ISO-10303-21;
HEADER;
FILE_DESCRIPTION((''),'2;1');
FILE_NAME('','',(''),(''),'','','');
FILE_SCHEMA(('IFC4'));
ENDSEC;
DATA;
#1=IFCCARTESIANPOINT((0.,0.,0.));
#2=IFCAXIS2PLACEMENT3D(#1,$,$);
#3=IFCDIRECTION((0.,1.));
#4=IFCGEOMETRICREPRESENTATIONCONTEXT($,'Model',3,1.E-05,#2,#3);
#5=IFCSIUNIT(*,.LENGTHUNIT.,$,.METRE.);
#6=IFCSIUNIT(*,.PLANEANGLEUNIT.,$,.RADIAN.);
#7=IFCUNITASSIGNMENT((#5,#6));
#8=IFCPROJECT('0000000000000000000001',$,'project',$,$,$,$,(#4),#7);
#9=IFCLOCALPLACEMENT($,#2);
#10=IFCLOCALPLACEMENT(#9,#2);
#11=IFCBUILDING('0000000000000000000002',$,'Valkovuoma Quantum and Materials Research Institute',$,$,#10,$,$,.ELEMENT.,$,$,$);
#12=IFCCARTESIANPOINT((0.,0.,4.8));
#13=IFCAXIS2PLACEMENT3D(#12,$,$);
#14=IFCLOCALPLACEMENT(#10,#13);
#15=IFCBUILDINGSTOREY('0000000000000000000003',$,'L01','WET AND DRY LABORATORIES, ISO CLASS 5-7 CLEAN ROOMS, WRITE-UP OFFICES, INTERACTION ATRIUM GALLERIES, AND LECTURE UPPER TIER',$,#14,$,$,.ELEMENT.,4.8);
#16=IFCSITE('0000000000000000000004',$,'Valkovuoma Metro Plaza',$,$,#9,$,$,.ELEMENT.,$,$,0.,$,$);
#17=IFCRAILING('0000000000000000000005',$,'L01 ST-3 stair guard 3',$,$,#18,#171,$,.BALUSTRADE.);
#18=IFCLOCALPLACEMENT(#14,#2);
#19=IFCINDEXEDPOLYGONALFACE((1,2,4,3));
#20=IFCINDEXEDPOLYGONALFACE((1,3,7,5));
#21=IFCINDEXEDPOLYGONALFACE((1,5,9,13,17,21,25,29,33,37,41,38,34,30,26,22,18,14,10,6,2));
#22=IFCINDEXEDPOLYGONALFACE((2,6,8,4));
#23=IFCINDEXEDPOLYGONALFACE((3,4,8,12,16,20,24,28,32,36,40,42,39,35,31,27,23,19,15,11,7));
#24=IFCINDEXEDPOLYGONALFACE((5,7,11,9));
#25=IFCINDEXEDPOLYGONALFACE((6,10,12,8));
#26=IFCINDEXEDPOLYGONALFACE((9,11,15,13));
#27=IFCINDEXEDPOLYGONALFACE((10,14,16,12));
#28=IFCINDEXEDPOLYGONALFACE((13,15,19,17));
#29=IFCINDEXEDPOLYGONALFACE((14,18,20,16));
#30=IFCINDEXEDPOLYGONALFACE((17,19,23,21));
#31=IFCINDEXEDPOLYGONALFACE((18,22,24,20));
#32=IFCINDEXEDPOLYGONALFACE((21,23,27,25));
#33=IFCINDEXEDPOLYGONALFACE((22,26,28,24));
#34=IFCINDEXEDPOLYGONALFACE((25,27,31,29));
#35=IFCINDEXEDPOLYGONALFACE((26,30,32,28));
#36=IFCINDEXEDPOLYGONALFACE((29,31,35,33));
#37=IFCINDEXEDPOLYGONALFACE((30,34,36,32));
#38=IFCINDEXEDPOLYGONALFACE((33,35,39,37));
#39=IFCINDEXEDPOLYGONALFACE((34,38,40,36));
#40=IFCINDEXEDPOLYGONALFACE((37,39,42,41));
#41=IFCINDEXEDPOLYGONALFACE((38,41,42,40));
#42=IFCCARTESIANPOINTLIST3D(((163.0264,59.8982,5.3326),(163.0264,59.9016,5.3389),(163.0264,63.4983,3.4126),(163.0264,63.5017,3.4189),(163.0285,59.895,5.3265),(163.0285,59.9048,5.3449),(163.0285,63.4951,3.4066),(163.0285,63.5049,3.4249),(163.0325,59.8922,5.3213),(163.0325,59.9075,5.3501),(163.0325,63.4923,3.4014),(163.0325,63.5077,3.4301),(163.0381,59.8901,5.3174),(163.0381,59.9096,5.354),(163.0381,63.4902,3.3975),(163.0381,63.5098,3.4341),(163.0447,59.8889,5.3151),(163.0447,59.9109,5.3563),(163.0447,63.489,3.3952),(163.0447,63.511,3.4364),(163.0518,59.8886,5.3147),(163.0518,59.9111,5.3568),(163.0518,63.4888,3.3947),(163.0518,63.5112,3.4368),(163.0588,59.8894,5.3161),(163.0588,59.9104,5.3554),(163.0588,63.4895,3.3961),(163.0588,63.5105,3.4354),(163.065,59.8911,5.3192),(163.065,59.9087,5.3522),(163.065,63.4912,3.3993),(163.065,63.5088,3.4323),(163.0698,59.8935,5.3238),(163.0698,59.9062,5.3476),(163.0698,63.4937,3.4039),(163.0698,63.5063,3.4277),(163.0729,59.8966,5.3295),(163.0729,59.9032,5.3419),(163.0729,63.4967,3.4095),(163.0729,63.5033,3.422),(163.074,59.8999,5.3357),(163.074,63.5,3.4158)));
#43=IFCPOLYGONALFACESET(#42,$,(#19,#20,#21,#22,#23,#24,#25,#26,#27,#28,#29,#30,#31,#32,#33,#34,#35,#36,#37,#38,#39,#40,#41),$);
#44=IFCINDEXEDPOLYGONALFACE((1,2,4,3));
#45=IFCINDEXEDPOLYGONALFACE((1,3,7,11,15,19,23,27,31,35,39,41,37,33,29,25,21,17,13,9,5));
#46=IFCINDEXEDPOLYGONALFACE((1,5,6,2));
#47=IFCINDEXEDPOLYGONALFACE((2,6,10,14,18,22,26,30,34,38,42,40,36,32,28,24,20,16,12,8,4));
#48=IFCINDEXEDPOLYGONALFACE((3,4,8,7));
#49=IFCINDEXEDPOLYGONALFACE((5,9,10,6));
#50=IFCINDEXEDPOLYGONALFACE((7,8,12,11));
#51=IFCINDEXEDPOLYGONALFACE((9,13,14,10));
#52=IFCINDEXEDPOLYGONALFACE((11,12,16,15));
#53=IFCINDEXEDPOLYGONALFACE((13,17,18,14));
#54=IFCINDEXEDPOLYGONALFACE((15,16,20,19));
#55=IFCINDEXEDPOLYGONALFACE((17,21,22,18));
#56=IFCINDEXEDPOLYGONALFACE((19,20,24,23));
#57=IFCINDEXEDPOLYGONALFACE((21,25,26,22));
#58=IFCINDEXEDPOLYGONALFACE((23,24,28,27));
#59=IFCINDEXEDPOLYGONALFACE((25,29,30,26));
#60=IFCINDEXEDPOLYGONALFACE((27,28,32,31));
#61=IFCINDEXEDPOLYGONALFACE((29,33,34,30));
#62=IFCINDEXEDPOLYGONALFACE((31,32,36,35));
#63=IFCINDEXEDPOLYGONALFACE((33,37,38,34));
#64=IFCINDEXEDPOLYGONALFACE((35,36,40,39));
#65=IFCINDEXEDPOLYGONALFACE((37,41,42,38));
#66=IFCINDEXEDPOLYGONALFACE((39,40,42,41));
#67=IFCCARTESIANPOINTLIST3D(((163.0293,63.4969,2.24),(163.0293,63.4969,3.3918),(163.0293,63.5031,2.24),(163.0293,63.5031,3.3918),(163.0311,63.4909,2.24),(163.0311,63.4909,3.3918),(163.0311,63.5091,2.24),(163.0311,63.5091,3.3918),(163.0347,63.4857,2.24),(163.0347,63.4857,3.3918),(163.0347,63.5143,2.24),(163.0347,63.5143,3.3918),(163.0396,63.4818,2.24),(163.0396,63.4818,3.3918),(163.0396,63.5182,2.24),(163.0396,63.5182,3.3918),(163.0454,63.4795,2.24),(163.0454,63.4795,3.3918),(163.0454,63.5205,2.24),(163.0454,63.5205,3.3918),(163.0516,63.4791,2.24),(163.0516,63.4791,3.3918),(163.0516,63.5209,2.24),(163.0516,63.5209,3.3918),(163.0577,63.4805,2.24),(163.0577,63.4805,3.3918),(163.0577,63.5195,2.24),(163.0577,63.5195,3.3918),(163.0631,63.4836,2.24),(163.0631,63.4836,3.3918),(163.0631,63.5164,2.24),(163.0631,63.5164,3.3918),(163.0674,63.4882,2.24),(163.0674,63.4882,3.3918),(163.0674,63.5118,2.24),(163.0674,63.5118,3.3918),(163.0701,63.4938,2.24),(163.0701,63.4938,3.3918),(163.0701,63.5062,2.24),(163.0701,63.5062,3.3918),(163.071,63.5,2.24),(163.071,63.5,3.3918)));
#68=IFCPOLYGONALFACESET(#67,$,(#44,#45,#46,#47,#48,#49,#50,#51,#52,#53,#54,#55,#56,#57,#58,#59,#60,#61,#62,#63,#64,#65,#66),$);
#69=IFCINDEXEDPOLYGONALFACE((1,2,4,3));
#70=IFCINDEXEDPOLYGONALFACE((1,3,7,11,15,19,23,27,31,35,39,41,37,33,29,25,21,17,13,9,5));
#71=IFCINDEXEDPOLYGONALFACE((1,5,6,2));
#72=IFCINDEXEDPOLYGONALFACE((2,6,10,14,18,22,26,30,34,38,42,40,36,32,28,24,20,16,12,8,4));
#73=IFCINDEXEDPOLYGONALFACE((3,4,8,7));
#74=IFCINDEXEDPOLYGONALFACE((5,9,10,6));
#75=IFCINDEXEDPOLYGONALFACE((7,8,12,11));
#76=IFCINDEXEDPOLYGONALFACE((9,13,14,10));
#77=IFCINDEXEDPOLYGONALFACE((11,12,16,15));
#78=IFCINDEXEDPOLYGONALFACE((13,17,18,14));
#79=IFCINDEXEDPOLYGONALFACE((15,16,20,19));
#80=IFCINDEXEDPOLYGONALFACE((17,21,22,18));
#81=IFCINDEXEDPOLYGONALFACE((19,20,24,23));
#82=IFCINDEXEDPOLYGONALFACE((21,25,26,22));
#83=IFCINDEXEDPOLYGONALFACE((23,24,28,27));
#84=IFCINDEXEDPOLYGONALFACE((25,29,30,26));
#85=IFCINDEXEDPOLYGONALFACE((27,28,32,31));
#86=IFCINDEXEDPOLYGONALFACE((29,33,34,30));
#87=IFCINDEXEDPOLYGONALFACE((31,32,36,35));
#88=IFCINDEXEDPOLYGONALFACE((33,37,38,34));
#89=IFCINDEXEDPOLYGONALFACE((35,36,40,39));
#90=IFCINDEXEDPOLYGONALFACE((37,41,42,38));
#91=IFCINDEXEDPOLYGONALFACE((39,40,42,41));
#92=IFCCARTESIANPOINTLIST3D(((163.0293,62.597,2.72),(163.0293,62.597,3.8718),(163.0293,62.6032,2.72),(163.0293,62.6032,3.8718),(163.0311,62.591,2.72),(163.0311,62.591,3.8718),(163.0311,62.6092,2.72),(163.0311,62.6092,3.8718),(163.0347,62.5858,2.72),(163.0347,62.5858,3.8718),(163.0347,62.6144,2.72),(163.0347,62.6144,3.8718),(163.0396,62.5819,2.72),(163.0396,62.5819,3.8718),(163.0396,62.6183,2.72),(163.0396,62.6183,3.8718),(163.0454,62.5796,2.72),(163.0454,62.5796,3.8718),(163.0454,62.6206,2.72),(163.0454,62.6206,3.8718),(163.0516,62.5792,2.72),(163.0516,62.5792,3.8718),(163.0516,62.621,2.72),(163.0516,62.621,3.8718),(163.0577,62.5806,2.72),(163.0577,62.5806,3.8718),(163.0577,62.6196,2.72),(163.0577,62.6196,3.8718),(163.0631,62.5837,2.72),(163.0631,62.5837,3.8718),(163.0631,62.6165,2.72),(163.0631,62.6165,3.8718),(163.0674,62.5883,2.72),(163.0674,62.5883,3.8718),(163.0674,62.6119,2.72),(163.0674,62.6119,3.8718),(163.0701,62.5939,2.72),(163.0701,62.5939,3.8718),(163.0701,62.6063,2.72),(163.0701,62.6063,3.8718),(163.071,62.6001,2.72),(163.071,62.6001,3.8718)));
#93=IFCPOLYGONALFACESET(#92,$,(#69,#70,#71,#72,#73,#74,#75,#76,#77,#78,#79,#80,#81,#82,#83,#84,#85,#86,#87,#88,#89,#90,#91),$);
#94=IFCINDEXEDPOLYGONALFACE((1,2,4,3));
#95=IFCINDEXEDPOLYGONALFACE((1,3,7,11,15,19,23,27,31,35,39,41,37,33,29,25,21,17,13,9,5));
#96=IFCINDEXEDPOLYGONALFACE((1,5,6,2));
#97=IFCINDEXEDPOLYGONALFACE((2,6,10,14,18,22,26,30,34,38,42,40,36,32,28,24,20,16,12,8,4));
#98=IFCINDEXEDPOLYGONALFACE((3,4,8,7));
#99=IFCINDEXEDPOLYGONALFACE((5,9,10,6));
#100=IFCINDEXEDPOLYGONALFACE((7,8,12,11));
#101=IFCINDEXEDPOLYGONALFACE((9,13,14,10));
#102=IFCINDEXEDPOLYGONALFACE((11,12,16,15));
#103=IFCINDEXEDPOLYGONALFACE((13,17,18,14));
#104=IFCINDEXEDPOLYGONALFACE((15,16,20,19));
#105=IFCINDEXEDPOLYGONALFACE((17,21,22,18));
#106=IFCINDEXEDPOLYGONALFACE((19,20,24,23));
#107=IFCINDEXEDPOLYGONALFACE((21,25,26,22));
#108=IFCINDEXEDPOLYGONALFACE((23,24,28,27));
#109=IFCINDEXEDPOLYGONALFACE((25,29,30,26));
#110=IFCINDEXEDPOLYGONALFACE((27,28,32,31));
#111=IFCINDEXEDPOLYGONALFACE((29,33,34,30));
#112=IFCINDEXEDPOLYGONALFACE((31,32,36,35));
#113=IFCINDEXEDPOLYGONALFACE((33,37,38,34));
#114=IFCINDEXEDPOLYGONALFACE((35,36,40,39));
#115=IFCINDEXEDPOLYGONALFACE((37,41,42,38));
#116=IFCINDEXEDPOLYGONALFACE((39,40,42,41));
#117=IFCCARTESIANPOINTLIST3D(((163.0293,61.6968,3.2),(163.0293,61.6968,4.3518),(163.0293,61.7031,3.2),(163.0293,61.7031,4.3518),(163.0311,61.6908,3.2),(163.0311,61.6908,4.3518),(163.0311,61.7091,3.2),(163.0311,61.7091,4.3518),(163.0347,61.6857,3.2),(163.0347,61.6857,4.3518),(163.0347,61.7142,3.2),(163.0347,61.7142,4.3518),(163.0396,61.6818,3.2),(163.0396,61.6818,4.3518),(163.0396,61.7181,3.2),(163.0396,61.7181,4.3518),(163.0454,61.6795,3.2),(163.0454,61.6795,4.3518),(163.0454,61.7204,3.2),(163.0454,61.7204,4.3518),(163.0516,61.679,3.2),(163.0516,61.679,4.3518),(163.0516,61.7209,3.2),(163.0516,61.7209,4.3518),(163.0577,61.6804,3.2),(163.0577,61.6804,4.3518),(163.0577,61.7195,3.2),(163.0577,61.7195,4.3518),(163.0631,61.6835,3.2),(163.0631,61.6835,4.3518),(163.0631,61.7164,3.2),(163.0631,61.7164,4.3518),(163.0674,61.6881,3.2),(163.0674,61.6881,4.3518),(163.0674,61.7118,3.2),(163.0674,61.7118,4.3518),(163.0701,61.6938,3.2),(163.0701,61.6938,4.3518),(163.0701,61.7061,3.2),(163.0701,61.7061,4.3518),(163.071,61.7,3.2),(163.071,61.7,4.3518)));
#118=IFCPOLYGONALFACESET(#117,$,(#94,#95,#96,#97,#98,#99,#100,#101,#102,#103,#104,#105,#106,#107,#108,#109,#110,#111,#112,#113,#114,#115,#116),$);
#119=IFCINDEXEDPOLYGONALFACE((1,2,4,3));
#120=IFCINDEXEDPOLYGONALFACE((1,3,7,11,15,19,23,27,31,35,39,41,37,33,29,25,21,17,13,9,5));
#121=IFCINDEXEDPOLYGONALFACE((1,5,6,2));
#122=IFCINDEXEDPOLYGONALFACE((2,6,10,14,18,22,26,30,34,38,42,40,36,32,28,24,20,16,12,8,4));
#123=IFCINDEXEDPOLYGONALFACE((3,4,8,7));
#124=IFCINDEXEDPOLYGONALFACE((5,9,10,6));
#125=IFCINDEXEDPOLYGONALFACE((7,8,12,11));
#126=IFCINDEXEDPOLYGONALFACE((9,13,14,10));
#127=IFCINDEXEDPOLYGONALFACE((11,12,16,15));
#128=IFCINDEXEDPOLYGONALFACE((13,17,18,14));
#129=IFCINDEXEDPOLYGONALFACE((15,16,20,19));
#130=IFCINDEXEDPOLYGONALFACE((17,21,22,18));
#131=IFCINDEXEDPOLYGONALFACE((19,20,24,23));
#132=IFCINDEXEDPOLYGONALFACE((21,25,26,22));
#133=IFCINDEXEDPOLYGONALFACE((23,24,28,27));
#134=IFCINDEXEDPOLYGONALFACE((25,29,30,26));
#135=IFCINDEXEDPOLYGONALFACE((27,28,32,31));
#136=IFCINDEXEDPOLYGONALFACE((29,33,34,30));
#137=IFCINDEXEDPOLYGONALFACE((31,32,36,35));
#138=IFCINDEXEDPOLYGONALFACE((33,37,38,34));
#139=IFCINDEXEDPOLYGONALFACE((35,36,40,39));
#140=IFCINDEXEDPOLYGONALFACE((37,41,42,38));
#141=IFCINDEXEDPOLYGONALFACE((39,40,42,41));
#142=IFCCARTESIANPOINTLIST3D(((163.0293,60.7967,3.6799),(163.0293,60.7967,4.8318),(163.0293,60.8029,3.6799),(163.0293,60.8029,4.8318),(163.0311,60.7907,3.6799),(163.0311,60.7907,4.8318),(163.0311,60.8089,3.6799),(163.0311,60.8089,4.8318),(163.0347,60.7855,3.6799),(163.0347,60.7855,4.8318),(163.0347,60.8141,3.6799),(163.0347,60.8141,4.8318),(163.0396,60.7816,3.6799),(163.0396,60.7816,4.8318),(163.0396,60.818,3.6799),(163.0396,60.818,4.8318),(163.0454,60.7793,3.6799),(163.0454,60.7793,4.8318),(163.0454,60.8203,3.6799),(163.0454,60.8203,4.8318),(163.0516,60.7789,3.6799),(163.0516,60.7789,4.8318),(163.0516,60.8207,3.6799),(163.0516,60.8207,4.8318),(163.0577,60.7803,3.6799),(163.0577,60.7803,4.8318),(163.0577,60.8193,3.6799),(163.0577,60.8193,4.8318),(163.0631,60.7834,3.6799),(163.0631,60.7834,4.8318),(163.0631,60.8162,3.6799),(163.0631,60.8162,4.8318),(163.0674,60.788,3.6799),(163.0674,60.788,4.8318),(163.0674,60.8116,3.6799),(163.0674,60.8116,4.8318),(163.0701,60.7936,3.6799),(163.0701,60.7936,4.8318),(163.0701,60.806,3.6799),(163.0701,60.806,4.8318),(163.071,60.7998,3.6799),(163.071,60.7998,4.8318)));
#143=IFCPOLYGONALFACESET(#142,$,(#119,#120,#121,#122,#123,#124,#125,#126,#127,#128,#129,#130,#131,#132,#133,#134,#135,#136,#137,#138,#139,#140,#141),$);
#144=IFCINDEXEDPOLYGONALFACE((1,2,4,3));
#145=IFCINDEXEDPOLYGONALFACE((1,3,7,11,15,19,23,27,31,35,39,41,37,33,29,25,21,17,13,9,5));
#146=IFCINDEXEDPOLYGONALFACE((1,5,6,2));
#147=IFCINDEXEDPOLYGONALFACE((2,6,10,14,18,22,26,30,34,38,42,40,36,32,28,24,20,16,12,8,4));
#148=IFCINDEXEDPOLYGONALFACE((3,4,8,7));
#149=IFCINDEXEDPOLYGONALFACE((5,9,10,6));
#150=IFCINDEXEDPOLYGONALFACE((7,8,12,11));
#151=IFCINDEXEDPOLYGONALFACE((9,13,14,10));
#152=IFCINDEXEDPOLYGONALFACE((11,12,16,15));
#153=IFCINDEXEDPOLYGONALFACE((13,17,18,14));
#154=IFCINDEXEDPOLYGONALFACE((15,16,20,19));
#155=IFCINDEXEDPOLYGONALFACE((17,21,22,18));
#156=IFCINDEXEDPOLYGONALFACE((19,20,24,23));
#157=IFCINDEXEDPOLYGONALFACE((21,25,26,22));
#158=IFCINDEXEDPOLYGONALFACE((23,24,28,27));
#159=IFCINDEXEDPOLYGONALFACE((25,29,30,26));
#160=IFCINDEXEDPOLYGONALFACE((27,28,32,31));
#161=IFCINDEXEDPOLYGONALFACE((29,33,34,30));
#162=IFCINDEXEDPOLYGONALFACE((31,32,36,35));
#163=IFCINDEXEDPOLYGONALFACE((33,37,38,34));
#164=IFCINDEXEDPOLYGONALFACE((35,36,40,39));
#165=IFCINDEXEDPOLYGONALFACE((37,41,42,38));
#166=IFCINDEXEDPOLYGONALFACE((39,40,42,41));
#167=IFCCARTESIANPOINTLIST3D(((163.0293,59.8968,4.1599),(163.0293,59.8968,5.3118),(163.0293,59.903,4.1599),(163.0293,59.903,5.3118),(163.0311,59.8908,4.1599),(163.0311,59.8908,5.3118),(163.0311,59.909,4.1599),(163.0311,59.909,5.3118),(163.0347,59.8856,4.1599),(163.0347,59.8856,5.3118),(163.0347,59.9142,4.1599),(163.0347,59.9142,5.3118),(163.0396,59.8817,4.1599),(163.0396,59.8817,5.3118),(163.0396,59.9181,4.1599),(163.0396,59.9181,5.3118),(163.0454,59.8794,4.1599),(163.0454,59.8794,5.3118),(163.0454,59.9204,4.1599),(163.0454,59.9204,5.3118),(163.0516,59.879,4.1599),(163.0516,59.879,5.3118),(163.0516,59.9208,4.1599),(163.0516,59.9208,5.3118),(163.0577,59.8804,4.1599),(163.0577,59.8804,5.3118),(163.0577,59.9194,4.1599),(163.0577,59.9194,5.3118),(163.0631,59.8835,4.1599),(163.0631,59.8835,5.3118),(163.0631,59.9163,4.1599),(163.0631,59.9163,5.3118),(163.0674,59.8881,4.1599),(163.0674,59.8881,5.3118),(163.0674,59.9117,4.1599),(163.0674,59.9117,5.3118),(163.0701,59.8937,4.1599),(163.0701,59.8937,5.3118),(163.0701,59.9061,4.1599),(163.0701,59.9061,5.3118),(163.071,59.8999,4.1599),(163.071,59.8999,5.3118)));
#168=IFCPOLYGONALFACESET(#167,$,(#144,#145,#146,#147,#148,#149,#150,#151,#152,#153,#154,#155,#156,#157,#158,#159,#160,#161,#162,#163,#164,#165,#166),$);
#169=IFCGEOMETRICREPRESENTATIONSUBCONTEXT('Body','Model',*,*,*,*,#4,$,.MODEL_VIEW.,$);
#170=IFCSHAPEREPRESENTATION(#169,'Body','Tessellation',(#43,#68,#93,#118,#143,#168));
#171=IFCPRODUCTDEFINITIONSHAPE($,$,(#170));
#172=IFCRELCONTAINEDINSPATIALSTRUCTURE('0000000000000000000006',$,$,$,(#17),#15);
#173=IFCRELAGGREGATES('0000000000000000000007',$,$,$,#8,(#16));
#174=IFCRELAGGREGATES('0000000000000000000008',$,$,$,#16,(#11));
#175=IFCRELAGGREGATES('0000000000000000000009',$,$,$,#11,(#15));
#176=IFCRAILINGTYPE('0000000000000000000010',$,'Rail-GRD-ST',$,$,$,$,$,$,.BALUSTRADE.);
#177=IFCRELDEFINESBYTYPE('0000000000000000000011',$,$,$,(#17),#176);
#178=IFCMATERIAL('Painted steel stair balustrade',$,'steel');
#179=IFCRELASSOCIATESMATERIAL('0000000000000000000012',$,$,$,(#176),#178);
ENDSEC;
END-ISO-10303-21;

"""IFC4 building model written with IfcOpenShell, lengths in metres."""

from ifc_helpers import new_model, si_unit, direction, frame, origin, origin_2d, place, context, subcontext, project, spatial, circle, extrude, material, type_object, element, save


model = new_model("IFC4")

# Units and contexts
model_context = context("Model", 3, precision=1e-05, world=origin(), true_north=direction((0.0, 1.0)))
body_context = subcontext(model_context, "Body", "Model", "MODEL_VIEW")
ifc_project = project(units=[si_unit("LENGTHUNIT", "METRE"), si_unit("PLANEANGLEUNIT", "RADIAN")], contexts=[model_context])

# Site, building, storey
site_placement = place(None, origin())
site = spatial("IfcSite", under=ifc_project, at=site_placement, Name="Valkovuoma Metro Plaza", CompositionType="ELEMENT", RefElevation=0.0)
building_placement = place(site_placement, origin())
building = spatial("IfcBuilding", under=site, at=building_placement, Name="Valkovuoma Quantum and Materials Research Institute", CompositionType="ELEMENT")
storey_placement = place(building_placement, frame((0.0, 0.0, 4.8)))
storey = spatial("IfcBuildingStorey", under=building, at=storey_placement, Name="L01", Description="WET AND DRY LABORATORIES, ISO CLASS 5-7 CLEAN ROOMS, WRITE-UP OFFICES, INTERACTION ATRIUM GALLERIES, AND LECTURE UPPER TIER", CompositionType="ELEMENT", Elevation=4.8)

# Railing
ifc_material_1 = material(Name="Painted steel stair balustrade", Category="steel")
railing_type_1 = type_object("IfcRailingType", Name="Rail-GRD-ST", PredefinedType="BALUSTRADE", material=ifc_material_1)
railing_1_placement = place(storey_placement, frame((163.05, 63.5, 2.24)))
element("IfcRailing", 1, at=railing_1_placement, inside=storey, type_object=railing_type_1, Name="L01 ST-3 stair guard 3", PredefinedType="BALUSTRADE", context=body_context, shape_type="SweptSolid", body=[
    extrude(circle(Radius=0.0239, at=origin_2d()), frame((0.0, 0.0, 1.1758), z_axis=(0.0, -0.882366, 0.470563), x_axis=(1.0, 0.0, 0.0)), (0.0, 0.0, 1.0), 4.0801),
    extrude(circle(Radius=0.021, at=origin_2d()), origin(), (0.0, 0.0, 1.0), 1.1519),
    extrude(circle(Radius=0.021, at=origin_2d()), frame((0.0, -0.8999, 0.48)), (0.0, 0.0, 1.0), 1.1519),
    extrude(circle(Radius=0.021, at=origin_2d()), frame((0.0, -1.8, 0.96)), (0.0, 0.0, 1.0), 1.1519),
    extrude(circle(Radius=0.021, at=origin_2d()), frame((0.0, -2.7002, 1.4399)), (0.0, 0.0, 1.0), 1.1519),
    extrude(circle(Radius=0.021, at=origin_2d()), frame((0.0, -3.6001, 1.9199)), (0.0, 0.0, 1.0), 1.1519),
])

save(model, "model.ifc")
